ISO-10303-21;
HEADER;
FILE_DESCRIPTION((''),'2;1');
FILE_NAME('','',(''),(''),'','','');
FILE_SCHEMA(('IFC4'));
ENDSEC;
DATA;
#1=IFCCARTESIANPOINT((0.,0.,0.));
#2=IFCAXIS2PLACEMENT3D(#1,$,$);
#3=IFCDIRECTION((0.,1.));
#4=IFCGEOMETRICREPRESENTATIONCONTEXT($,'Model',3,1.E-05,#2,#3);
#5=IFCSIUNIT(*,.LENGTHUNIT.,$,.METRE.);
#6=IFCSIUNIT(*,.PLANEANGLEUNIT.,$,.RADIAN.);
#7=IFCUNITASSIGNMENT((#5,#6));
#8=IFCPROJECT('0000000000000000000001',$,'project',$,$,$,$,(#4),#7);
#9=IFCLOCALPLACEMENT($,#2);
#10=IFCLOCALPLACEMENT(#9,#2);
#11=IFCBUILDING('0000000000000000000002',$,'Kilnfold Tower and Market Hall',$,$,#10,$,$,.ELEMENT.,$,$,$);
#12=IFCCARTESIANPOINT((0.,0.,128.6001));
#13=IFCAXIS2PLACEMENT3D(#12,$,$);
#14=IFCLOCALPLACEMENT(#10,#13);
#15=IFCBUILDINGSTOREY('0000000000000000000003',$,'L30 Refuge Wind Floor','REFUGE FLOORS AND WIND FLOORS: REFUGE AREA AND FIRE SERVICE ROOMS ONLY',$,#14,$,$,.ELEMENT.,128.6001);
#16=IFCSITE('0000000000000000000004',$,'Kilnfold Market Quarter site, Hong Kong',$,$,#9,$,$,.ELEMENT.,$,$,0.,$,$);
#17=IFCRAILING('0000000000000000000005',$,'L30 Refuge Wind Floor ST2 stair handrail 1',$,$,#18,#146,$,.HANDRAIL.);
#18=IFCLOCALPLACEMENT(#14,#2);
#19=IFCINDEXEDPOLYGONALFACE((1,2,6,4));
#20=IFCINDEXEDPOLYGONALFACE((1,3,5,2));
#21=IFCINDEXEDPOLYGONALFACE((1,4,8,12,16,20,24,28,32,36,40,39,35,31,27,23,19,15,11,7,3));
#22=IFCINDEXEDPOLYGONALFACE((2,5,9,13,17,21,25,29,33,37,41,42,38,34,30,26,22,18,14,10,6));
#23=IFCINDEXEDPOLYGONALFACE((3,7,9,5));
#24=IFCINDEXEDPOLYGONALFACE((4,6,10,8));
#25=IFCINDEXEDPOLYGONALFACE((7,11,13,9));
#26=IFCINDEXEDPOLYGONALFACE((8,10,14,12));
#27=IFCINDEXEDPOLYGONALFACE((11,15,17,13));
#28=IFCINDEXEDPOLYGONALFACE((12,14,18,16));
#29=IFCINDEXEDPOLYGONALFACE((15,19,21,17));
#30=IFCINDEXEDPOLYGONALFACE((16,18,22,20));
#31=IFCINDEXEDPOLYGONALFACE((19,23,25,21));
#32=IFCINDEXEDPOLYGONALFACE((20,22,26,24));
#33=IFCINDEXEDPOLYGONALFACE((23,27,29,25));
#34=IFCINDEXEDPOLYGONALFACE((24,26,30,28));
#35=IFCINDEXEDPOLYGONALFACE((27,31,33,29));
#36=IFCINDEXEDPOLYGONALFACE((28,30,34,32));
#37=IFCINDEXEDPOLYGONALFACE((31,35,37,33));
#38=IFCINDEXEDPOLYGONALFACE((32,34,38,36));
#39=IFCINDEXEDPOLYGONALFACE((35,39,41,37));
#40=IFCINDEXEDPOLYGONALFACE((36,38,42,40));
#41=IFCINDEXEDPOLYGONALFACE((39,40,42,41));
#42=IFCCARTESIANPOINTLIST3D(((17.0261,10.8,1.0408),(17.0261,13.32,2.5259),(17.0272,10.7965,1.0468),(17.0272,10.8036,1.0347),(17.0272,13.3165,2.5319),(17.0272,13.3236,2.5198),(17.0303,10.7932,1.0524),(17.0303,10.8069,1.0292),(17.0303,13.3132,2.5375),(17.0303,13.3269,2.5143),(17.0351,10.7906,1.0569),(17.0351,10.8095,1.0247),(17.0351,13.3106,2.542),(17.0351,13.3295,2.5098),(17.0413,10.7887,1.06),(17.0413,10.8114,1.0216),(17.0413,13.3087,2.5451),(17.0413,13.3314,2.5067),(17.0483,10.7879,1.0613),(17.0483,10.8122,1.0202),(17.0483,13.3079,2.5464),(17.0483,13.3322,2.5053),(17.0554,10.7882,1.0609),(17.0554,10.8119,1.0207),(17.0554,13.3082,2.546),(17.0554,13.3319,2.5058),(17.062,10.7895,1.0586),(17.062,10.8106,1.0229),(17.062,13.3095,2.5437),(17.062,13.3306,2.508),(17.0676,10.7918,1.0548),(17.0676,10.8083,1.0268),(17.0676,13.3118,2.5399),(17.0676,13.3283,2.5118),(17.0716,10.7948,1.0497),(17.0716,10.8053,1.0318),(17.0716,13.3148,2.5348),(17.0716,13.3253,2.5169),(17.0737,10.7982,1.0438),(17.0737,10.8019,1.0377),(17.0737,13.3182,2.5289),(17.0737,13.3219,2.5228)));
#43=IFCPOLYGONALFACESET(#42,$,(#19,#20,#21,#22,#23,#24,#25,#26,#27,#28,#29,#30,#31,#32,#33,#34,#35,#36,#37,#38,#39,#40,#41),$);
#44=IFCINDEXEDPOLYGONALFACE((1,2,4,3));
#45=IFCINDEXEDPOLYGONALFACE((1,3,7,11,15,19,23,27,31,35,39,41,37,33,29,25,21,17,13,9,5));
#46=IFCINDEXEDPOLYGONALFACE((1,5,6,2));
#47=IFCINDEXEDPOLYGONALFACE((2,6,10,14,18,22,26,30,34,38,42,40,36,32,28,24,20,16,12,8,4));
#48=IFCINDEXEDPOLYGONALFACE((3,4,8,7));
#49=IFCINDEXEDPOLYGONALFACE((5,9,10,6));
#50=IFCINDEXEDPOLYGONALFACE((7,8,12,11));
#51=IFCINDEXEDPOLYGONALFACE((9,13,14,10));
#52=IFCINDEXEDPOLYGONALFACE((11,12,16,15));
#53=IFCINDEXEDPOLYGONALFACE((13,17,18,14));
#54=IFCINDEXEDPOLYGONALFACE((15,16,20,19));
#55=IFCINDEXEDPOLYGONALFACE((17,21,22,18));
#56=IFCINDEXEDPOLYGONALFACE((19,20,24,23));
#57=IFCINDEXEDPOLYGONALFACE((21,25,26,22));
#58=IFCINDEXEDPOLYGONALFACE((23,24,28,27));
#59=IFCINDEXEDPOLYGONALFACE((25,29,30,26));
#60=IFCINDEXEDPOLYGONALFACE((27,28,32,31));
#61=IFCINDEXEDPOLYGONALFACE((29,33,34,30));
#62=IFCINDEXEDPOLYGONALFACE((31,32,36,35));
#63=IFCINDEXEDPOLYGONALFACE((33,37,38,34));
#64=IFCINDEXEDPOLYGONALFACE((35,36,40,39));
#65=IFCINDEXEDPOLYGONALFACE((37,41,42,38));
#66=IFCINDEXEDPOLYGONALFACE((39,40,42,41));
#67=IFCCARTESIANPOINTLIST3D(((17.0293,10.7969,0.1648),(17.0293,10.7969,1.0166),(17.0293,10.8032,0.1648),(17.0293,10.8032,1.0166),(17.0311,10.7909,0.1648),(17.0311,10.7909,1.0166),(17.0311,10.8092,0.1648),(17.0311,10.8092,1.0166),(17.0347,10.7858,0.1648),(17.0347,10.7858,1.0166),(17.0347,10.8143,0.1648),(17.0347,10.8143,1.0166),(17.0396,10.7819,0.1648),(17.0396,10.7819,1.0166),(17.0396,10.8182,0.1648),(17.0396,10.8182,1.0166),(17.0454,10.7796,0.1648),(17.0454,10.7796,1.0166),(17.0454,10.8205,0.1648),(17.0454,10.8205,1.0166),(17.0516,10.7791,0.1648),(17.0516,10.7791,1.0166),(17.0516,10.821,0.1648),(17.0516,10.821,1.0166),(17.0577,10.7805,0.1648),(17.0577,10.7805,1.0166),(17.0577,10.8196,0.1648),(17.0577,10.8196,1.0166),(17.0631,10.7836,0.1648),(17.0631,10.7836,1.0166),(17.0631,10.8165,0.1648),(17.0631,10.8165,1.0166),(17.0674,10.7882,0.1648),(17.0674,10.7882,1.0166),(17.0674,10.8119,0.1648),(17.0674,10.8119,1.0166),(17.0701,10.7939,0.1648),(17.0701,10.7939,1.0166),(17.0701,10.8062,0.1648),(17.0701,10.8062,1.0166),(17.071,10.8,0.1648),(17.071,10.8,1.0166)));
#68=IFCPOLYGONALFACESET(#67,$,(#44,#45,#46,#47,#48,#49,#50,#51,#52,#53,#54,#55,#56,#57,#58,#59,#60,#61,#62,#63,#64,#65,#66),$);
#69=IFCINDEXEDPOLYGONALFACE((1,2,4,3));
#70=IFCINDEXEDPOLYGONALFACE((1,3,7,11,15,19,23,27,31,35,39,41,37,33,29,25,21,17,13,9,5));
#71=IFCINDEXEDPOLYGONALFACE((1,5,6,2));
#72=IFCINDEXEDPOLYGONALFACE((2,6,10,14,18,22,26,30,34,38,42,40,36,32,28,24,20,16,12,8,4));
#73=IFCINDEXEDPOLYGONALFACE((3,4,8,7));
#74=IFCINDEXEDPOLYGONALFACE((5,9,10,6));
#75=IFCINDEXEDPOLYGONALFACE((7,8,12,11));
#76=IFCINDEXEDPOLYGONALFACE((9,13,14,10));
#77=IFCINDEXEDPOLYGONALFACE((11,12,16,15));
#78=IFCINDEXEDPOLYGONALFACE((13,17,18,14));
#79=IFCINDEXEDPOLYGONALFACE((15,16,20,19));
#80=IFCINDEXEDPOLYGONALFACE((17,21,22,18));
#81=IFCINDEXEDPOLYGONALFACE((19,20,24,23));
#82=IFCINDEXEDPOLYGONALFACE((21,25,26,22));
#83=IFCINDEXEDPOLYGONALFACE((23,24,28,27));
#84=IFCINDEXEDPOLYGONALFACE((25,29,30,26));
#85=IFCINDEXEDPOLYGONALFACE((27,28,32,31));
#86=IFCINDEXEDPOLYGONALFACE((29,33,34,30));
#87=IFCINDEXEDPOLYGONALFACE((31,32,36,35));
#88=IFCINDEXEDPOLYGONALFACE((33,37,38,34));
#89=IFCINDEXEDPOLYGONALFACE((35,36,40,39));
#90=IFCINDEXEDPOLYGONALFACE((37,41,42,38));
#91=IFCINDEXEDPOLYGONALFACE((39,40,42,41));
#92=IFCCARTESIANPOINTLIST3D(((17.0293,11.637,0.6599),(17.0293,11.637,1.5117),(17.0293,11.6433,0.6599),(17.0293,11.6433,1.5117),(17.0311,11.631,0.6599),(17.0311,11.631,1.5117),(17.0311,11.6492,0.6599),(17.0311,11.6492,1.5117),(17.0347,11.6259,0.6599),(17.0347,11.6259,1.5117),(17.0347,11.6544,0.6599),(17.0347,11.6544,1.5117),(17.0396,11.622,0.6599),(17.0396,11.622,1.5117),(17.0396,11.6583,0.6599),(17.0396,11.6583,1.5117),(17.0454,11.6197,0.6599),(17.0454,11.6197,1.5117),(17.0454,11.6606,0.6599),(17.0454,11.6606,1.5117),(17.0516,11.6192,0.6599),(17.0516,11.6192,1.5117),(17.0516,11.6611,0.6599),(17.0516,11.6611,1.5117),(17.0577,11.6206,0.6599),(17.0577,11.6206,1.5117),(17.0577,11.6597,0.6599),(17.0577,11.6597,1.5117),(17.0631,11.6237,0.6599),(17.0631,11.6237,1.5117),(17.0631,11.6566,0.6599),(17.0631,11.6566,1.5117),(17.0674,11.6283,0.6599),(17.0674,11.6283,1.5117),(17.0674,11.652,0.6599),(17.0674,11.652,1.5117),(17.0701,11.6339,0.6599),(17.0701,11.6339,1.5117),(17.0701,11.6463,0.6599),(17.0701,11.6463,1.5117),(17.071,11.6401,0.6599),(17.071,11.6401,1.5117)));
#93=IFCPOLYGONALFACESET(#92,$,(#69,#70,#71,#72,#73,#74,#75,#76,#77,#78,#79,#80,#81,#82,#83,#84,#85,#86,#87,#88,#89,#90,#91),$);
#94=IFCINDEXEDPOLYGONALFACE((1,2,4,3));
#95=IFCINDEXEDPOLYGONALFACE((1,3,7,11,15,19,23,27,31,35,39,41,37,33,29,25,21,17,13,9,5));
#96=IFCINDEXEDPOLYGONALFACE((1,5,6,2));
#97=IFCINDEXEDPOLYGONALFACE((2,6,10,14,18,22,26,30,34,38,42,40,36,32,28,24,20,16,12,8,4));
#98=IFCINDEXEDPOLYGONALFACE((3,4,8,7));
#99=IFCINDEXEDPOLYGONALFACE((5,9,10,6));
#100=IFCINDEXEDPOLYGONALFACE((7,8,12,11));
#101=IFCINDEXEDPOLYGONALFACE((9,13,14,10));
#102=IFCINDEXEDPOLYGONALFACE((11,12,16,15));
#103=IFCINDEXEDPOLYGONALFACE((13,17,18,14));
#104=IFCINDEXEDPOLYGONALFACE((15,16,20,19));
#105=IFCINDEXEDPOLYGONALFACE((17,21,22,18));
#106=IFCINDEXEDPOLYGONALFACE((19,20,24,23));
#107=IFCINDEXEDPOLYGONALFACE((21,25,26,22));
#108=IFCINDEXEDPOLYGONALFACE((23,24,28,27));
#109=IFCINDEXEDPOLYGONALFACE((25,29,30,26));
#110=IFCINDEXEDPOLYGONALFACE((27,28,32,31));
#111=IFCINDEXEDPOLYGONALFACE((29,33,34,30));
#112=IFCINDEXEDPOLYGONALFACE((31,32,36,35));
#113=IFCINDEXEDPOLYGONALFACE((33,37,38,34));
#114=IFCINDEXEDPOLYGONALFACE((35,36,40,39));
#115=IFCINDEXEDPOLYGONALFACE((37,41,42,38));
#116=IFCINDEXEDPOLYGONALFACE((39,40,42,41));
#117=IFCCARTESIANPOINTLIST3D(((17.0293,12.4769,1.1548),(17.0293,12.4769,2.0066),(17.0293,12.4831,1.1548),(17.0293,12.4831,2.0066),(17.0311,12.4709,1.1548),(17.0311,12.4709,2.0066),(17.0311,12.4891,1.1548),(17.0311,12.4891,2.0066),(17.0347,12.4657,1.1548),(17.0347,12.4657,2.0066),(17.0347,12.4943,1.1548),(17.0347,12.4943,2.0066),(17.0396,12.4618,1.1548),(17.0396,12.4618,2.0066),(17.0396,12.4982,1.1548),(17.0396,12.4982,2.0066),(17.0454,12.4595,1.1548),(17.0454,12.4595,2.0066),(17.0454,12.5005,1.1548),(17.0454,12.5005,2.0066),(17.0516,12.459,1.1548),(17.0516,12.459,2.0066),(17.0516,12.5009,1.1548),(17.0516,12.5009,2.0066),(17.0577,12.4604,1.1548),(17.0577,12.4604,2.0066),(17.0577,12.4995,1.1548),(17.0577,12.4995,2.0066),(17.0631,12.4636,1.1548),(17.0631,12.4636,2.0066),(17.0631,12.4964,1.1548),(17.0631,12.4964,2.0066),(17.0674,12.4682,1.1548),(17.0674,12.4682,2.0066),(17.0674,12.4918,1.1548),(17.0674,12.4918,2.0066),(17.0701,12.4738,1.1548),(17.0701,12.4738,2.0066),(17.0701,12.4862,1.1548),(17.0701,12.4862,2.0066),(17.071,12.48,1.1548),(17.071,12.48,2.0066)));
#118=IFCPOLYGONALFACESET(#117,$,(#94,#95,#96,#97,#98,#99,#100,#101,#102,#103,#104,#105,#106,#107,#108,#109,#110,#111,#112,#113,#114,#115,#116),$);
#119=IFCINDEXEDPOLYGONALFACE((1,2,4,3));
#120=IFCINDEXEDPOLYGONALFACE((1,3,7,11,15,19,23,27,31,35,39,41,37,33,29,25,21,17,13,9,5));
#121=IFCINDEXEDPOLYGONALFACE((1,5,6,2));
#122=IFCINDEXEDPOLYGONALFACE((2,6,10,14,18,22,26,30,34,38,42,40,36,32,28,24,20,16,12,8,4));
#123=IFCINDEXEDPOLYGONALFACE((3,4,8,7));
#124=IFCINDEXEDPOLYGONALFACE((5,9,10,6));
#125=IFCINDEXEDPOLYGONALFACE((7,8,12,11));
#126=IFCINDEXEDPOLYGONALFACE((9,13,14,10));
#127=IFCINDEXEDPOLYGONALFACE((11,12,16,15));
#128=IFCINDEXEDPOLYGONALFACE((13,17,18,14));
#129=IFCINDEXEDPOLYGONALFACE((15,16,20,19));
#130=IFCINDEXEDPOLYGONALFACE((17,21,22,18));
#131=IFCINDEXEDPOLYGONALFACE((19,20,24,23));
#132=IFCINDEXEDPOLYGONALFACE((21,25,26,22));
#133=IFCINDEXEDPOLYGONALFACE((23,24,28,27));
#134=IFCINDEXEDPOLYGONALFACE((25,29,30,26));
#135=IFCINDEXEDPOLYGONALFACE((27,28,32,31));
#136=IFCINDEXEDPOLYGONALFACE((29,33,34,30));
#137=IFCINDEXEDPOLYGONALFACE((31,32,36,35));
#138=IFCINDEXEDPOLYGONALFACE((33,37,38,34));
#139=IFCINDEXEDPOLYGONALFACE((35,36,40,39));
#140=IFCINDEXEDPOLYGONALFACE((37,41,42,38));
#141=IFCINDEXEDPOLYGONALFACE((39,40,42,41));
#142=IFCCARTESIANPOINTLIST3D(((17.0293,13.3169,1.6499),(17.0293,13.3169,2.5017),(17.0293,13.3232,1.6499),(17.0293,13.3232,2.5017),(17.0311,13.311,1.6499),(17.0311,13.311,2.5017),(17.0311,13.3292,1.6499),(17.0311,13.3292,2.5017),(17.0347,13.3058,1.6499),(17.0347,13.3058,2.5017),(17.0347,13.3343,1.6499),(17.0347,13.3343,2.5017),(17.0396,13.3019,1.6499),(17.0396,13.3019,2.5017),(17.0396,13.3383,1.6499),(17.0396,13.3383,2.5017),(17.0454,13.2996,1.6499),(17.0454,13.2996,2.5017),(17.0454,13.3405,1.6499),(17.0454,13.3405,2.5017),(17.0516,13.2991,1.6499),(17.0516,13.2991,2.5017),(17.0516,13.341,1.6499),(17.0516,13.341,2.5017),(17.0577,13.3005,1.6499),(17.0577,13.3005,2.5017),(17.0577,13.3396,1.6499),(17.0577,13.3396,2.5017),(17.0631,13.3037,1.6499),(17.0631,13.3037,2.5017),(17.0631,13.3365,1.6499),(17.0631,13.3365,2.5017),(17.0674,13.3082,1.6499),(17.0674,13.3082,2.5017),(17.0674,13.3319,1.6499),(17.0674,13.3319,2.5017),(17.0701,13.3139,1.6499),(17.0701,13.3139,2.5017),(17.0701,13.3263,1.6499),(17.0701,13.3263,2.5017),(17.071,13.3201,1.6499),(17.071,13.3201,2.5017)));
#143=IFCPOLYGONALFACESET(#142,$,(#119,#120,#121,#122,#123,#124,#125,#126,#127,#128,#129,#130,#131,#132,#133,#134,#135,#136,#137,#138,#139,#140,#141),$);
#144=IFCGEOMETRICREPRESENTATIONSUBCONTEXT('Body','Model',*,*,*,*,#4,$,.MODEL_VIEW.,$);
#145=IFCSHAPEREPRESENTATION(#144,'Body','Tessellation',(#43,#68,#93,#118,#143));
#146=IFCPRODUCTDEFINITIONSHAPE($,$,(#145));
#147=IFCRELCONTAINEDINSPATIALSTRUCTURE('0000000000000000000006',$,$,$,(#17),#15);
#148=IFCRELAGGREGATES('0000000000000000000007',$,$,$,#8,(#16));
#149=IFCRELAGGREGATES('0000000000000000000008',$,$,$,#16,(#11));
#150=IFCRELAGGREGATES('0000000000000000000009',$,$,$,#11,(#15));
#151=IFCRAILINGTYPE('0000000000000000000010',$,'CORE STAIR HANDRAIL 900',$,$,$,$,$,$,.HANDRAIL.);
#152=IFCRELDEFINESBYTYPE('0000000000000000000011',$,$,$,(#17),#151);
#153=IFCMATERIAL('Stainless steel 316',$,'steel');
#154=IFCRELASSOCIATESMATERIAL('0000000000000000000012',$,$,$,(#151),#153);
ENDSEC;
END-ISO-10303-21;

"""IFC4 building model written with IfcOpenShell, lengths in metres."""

from ifc_helpers import new_model, si_unit, direction, frame, origin, origin_2d, place, context, subcontext, project, spatial, circle, extrude, material, type_object, element, save


model = new_model("IFC4")

# Units and contexts
model_context = context("Model", 3, precision=1e-05, world=origin(), true_north=direction((0.0, 1.0)))
body_context = subcontext(model_context, "Body", "Model", "MODEL_VIEW")
ifc_project = project(units=[si_unit("LENGTHUNIT", "METRE"), si_unit("PLANEANGLEUNIT", "RADIAN")], contexts=[model_context])

# Site, building, storey
site_placement = place(None, origin())
site = spatial("IfcSite", under=ifc_project, at=site_placement, Name="Kilnfold Market Quarter site, Hong Kong", CompositionType="ELEMENT", RefElevation=0.0)
building_placement = place(site_placement, origin())
building = spatial("IfcBuilding", under=site, at=building_placement, Name="Kilnfold Tower and Market Hall", CompositionType="ELEMENT")
storey_placement = place(building_placement, frame((0.0, 0.0, 128.6001)))
storey = spatial("IfcBuildingStorey", under=building, at=storey_placement, Name="L30 Refuge Wind Floor", Description="REFUGE FLOORS AND WIND FLOORS: REFUGE AREA AND FIRE SERVICE ROOMS ONLY", CompositionType="ELEMENT", Elevation=128.6001)

# Railing
ifc_material_1 = material(Name="Stainless steel 316", Category="steel")
railing_type_1 = type_object("IfcRailingType", Name="CORE STAIR HANDRAIL 900", PredefinedType="HANDRAIL", material=ifc_material_1)
railing_1_placement = place(storey_placement, frame((17.05, 10.8, 0.1648)))
element("IfcRailing", 1, at=railing_1_placement, inside=storey, type_object=railing_type_1, Name="L30 Refuge Wind Floor ST2 stair handrail 1", PredefinedType="HANDRAIL", context=body_context, shape_type="SweptSolid", body=[
    extrude(circle(Radius=0.0239, at=origin_2d()), frame((0.0, 0.0, 0.876), z_axis=(0.0, 0.861524, 0.507717), x_axis=(-1.0, 0.0, 0.0)), (0.0, 0.0, 1.0), 2.925),
    extrude(circle(Radius=0.021, at=origin_2d()), origin(), (0.0, 0.0, 1.0), 0.8518),
    extrude(circle(Radius=0.021, at=origin_2d()), frame((0.0, 0.8401, 0.4951)), (0.0, 0.0, 1.0), 0.8518),
    extrude(circle(Radius=0.021, at=origin_2d()), frame((0.0, 1.6799, 0.99)), (0.0, 0.0, 1.0), 0.8518),
    extrude(circle(Radius=0.021, at=origin_2d()), frame((0.0, 2.52, 1.4851)), (0.0, 0.0, 1.0), 0.8518),
])

save(model, "model.ifc")
